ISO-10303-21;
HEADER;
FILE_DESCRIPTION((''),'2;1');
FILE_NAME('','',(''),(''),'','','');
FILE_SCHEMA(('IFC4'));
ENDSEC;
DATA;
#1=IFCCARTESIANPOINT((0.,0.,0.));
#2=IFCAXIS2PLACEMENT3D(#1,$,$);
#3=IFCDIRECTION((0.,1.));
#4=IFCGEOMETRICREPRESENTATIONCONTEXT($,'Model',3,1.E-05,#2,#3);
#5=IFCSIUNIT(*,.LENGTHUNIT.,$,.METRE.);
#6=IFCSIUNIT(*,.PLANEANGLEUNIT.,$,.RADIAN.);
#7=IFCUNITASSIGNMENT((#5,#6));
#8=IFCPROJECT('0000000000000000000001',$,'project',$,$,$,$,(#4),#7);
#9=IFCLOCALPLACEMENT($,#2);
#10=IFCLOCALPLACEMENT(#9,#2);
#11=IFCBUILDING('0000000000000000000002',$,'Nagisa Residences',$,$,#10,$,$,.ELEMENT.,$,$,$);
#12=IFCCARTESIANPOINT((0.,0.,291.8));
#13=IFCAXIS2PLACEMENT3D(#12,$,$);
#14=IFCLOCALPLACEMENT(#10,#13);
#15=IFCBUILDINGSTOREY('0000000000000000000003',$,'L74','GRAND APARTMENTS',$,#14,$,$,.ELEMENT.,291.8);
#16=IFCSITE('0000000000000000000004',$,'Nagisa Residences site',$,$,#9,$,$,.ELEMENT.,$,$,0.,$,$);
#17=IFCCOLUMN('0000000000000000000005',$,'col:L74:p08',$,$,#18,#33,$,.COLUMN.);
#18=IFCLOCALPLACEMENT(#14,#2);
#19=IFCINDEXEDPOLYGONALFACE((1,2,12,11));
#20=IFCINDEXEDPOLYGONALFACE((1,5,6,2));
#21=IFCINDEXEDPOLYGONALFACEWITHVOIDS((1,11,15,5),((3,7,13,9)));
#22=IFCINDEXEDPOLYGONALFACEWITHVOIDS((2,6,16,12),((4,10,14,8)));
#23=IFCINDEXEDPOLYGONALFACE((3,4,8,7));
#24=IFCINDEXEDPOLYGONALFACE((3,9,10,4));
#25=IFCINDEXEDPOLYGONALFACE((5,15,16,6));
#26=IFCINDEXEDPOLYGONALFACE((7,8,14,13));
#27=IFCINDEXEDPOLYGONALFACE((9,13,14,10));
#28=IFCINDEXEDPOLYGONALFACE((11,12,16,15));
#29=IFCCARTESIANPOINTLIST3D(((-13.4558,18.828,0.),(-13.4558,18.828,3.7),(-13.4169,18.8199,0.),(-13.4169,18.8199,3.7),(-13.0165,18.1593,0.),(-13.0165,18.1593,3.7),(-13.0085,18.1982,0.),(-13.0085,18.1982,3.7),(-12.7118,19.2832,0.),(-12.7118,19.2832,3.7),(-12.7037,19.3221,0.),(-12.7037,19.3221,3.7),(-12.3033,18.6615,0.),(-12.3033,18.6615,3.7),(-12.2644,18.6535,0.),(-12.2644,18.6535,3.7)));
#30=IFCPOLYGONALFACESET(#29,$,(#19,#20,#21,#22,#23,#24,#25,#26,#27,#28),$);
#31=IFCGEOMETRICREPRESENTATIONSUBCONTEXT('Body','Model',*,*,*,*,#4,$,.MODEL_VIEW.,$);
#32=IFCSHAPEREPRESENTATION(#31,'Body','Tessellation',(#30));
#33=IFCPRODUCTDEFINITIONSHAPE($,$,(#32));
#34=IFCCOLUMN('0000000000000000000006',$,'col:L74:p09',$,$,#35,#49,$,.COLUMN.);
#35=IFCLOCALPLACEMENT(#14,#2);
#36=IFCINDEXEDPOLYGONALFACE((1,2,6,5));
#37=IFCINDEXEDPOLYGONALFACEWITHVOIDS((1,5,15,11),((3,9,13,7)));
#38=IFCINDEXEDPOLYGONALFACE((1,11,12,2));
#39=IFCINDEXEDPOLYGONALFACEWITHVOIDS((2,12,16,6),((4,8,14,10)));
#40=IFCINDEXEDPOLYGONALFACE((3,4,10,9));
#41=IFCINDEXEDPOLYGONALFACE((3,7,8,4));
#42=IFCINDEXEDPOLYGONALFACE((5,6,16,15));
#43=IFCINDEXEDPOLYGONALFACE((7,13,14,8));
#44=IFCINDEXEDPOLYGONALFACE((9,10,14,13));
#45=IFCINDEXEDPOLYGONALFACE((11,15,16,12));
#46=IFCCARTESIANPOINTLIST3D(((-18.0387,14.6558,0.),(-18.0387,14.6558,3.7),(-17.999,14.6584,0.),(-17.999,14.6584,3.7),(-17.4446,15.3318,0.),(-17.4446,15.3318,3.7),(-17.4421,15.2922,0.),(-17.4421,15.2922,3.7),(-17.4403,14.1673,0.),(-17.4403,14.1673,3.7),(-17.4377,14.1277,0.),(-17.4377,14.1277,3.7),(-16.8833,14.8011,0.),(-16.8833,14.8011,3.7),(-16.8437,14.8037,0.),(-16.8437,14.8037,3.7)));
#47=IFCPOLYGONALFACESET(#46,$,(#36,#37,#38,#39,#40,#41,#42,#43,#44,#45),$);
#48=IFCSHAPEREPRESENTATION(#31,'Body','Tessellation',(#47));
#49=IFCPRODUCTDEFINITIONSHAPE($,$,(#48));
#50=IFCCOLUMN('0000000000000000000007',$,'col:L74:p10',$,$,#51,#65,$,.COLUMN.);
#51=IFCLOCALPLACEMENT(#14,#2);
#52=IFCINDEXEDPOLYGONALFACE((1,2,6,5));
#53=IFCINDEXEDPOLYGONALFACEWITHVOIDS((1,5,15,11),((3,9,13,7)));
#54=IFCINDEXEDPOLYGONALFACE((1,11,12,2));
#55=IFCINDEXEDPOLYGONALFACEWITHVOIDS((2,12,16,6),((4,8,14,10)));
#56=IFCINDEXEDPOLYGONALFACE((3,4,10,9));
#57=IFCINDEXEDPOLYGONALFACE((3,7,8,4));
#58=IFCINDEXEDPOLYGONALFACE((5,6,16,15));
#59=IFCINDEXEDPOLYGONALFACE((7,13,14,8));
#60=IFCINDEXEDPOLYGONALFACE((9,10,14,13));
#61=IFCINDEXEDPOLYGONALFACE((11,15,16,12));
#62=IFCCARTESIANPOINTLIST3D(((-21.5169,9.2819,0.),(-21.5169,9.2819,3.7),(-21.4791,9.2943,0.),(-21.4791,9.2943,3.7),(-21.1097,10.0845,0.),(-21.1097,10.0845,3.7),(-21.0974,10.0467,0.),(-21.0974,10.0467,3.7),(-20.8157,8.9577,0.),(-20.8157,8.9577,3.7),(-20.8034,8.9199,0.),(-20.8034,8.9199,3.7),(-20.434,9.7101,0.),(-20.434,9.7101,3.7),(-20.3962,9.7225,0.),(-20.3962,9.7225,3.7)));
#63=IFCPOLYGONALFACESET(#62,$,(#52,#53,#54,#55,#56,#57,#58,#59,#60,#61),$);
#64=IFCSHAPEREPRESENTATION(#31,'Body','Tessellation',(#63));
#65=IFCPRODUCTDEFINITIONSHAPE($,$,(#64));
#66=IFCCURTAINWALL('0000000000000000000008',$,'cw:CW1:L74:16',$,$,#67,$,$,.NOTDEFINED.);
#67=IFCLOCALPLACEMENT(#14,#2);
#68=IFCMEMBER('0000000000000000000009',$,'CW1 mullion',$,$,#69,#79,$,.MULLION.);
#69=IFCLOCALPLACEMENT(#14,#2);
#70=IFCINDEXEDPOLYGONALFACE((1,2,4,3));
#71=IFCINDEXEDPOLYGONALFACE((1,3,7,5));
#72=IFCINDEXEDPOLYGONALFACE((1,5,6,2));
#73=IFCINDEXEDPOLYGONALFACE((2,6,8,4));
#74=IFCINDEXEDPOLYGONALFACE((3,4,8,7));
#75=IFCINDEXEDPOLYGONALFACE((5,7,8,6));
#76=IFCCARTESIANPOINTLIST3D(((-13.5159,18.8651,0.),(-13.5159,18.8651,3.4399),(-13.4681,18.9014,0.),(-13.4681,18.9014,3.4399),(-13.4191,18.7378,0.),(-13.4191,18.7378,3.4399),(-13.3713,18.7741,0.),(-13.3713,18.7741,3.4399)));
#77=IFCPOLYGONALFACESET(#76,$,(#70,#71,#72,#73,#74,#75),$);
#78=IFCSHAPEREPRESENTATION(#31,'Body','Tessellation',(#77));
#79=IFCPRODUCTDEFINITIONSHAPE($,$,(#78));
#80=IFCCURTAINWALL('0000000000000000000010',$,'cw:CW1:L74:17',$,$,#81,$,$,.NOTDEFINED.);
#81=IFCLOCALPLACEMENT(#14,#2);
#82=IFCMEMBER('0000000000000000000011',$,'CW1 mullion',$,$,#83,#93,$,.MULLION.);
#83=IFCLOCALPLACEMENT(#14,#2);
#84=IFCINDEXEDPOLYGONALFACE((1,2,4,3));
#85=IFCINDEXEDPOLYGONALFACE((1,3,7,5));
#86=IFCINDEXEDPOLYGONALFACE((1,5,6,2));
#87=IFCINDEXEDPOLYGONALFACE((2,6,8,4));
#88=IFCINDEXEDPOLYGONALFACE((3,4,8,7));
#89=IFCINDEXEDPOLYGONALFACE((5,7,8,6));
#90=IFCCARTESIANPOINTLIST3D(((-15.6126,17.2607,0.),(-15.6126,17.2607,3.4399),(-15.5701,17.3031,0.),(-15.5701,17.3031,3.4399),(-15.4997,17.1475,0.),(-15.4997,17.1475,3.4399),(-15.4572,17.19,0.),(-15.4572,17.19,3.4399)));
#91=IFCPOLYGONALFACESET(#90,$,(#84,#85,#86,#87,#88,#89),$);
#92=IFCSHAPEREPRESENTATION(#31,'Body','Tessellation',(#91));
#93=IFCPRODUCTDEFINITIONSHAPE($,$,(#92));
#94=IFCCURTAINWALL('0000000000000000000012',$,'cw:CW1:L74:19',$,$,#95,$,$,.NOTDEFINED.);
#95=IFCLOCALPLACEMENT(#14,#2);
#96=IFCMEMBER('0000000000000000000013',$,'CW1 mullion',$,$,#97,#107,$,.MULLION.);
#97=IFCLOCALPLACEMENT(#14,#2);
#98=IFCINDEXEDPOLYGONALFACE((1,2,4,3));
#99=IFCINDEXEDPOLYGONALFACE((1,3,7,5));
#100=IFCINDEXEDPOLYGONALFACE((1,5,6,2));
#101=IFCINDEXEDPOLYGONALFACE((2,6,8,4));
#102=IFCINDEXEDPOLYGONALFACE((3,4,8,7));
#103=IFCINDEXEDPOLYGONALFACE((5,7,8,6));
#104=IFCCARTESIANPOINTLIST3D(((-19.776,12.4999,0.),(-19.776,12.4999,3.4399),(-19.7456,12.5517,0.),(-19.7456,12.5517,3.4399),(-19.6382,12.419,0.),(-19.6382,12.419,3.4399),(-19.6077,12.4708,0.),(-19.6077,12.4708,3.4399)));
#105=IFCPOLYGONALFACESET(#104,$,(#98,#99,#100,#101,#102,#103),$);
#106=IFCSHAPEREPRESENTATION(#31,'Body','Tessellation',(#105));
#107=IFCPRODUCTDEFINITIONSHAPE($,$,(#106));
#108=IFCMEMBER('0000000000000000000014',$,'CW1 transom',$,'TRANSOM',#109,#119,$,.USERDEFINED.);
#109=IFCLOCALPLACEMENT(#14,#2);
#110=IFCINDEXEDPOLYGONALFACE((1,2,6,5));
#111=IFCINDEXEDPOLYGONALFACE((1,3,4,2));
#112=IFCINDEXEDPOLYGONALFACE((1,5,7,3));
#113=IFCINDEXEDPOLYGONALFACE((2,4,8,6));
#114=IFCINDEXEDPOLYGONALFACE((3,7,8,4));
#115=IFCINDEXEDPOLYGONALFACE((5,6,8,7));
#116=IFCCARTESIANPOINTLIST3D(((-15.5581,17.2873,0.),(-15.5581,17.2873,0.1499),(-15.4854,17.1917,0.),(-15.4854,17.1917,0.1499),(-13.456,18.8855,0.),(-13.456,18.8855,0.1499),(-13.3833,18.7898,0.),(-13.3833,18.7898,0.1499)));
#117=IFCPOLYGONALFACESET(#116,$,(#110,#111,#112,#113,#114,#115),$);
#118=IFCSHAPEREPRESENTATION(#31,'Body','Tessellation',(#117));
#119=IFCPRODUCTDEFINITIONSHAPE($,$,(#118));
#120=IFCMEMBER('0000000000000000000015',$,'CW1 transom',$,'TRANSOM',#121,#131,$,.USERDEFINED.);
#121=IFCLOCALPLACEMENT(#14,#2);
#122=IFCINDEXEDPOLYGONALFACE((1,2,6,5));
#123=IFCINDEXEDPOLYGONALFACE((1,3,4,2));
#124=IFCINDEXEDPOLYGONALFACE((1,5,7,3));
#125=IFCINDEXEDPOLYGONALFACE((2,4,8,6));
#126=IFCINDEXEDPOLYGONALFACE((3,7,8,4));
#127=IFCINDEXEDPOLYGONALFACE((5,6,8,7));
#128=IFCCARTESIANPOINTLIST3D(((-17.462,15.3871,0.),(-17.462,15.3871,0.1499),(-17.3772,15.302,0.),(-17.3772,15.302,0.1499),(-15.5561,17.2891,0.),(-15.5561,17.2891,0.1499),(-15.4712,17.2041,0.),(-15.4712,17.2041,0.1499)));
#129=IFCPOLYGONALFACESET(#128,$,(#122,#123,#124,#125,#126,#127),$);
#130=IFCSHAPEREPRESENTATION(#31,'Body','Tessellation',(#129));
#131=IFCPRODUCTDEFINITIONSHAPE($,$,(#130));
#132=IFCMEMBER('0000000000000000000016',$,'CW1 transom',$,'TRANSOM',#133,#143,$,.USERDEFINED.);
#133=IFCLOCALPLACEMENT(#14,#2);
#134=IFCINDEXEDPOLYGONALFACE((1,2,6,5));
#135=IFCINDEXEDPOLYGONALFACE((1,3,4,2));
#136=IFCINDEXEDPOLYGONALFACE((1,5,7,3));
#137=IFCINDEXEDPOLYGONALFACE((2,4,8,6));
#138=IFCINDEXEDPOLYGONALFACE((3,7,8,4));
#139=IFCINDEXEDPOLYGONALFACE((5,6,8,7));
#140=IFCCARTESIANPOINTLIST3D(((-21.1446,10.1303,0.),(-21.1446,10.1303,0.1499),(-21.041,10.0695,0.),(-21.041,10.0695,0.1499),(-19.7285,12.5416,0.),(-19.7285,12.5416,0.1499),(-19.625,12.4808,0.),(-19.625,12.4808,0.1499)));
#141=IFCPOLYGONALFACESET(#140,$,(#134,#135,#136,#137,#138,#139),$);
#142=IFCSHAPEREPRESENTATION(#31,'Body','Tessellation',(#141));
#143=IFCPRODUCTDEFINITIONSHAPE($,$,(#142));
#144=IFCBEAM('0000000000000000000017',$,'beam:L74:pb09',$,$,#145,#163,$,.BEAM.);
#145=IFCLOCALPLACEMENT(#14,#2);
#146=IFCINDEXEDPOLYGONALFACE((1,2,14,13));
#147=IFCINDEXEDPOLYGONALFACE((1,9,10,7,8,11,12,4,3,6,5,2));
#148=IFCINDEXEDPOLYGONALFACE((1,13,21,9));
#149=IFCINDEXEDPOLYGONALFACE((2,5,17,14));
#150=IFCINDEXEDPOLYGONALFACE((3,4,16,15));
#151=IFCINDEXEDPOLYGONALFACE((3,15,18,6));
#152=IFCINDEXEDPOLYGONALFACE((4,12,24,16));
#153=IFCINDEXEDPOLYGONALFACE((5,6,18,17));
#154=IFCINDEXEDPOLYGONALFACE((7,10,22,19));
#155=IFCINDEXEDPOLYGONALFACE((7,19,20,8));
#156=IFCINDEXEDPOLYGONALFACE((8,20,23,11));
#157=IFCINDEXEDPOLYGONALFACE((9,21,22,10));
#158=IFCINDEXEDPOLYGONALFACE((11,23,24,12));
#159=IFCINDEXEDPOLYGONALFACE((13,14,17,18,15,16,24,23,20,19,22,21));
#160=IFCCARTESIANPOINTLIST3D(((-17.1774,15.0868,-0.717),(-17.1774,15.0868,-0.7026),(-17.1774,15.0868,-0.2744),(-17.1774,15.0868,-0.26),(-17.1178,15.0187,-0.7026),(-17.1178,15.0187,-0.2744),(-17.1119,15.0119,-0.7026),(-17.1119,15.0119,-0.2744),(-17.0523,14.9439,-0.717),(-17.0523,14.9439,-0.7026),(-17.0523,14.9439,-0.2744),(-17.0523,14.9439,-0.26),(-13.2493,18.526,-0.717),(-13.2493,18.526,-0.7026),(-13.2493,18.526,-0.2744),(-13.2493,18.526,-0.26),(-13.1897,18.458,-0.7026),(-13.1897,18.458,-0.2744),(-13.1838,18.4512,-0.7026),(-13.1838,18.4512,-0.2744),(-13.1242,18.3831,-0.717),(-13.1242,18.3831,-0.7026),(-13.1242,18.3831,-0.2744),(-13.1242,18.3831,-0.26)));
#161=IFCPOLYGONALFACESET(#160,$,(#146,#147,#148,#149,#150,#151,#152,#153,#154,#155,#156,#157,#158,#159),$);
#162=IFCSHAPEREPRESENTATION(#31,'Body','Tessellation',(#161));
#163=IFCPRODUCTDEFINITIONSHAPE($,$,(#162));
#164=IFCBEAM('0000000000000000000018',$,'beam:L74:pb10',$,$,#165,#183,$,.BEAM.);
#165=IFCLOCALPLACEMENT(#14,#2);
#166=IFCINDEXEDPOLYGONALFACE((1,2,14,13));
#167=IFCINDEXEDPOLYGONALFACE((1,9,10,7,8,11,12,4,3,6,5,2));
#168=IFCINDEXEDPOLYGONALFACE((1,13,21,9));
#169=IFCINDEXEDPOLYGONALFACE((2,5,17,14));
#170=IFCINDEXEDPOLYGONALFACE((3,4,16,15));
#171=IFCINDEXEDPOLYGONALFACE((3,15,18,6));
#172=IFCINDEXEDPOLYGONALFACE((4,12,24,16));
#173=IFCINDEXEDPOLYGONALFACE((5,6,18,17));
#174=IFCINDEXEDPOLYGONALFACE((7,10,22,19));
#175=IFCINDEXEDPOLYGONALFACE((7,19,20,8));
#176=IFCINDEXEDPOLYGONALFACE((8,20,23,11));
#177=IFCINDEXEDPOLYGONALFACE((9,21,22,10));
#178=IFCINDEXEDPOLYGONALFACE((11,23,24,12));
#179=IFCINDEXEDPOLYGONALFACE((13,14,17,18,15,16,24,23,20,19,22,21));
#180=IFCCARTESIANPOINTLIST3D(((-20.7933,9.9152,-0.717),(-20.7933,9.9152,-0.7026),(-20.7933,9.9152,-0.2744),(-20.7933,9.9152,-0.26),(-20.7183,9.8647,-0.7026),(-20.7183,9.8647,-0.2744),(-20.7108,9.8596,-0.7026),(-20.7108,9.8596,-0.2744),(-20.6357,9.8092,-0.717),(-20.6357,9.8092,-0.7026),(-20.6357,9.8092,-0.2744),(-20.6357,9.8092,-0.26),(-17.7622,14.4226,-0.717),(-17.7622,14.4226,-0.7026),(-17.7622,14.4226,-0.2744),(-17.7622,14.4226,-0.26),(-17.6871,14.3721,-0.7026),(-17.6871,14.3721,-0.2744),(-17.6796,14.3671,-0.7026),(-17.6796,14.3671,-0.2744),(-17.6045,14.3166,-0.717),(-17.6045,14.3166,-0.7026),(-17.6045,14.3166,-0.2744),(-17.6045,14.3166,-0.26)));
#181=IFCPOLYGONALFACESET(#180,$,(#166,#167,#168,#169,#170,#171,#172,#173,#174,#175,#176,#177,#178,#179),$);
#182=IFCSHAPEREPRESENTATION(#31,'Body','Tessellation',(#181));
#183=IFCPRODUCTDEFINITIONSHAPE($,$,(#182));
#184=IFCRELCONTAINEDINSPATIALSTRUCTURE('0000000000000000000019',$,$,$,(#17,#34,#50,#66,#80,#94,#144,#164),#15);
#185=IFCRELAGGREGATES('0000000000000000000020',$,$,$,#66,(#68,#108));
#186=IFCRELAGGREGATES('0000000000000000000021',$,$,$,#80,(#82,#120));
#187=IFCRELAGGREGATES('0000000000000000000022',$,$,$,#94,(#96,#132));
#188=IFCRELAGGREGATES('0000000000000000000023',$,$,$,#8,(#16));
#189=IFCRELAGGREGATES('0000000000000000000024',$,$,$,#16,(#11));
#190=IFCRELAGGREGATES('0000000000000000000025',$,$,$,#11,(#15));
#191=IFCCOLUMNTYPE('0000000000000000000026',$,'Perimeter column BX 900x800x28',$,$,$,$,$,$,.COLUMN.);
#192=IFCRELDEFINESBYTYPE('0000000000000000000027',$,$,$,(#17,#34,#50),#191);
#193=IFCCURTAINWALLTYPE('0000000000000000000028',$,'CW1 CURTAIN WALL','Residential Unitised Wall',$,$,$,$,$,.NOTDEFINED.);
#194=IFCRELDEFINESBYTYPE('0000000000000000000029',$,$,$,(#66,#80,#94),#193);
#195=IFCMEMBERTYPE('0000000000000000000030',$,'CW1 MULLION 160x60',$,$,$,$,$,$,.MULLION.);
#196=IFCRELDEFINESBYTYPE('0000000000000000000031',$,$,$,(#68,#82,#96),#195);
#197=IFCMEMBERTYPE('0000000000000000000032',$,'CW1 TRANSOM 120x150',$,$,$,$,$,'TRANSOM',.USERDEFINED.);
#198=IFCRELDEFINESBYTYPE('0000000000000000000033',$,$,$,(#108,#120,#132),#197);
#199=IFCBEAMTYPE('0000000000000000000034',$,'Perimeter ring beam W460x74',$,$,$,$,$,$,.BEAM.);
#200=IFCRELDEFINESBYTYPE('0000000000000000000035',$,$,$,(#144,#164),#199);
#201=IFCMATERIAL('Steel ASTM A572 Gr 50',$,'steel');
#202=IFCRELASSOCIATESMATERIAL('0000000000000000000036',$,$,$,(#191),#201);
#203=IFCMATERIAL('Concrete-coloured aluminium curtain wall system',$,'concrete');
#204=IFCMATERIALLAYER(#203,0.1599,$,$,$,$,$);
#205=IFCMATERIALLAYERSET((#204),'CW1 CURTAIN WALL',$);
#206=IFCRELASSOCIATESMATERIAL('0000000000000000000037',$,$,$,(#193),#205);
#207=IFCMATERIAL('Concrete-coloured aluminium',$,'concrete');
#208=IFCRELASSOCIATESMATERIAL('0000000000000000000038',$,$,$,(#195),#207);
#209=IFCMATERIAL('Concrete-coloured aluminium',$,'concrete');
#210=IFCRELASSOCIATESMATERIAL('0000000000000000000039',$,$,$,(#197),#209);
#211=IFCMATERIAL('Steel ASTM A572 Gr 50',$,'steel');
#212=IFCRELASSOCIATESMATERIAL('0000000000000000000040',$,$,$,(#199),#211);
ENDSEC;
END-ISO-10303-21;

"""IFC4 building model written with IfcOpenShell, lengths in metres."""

from ifc_helpers import new_model, si_unit, direction, frame, origin, origin_2d, place, context, subcontext, project, spatial, rectangle, hollow_rectangle, i_section, extrude, material, layer, layer_set, material_profile, profile_set, type_object, element, aggregate, save


model = new_model("IFC4")

# Units and contexts
model_context = context("Model", 3, precision=1e-05, world=origin(), true_north=direction((0.0, 1.0)))
body_context = subcontext(model_context, "Body", "Model", "MODEL_VIEW")
ifc_project = project(units=[si_unit("LENGTHUNIT", "METRE"), si_unit("PLANEANGLEUNIT", "RADIAN")], contexts=[model_context])

# Site, building, storey
site_placement = place(None, origin())
site = spatial("IfcSite", under=ifc_project, at=site_placement, Name="Nagisa Residences site", CompositionType="ELEMENT", RefElevation=0.0)
building_placement = place(site_placement, origin())
building = spatial("IfcBuilding", under=site, at=building_placement, Name="Nagisa Residences", CompositionType="ELEMENT")
storey_placement = place(building_placement, frame((0.0, 0.0, 291.8)))
storey = spatial("IfcBuildingStorey", under=building, at=storey_placement, Name="L74", Description="GRAND APARTMENTS", CompositionType="ELEMENT", Elevation=291.8)

# Columns
ifc_material_1 = material(Name="Steel ASTM A572 Gr 50", Category="steel")
ifc_material_profile_1 = material_profile(ifc_material_1, hollow_rectangle(XDim=0.8999, YDim=0.8, WallThickness=0.0281, at=origin_2d()), Name="BX 900x800x28")
ifc_profile_set_1 = profile_set([ifc_material_profile_1], Name="Steel ASTM A572 Gr 50")
column_type = type_object("IfcColumnType", Name="Perimeter column BX 900x800x28", PredefinedType="COLUMN", material=ifc_profile_set_1)
for number, where, z_axis, x_axis, name in (
    (1, (-12.8601, 18.7407, 0.0), (0.0, 0.0, 1.0), (-0.835766, -0.549086, 0.0), "col:L74:p08"),
    (2, (-17.4412, 14.7297, 0.0), (0.0, 0.0, 1.0), (-0.660115, -0.751165, 0.0), "col:L74:p09"),
    (3, (-20.9565, 9.5022, 0.0), (0.0, 0.0, 1.0), (-0.452463, -0.891783, 0.0), "col:L74:p10"),
):
    element("IfcColumn", number, at=place(storey_placement, frame(where, z_axis=z_axis, x_axis=x_axis)), inside=storey, type_object=column_type, Name=name, PredefinedType="COLUMN", context=body_context, shape_type="SweptSolid", body=[
        extrude(hollow_rectangle(XDim=0.8999, YDim=0.8, WallThickness=0.0281, at=origin_2d()), origin(), (0.0, 0.0, 1.0), 3.7),
    ])

# Curtain walls, members
ifc_material_2 = material(Name="Concrete-coloured aluminium curtain wall system", Category="concrete")
ifc_layer_1 = layer(ifc_material_2, 0.1599)
ifc_layer_set_1 = layer_set([ifc_layer_1], Name="CW1 CURTAIN WALL")
curtain_wall_type = type_object("IfcCurtainWallType", Name="CW1 CURTAIN WALL", Description="Residential Unitised Wall", PredefinedType="NOTDEFINED", material=ifc_layer_set_1)
curtain_wall_1_placement = place(storey_placement, origin())
curtain_wall_1 = element("IfcCurtainWall", 4, at=curtain_wall_1_placement, inside=storey, type_object=curtain_wall_type, Name="cw:CW1:L74:16", PredefinedType="NOTDEFINED")
ifc_material_3 = material(Name="Concrete-coloured aluminium", Category="concrete")
ifc_material_profile_2 = material_profile(ifc_material_3, rectangle(XDim=0.1599, YDim=0.0601, at=origin_2d()), Name="CW1 MULLION 160x60")
ifc_profile_set_2 = profile_set([ifc_material_profile_2], Name="Concrete-coloured aluminium")
member_type_1 = type_object("IfcMemberType", Name="CW1 MULLION 160x60", PredefinedType="MULLION", material=ifc_profile_set_2)
member_1_placement = place(storey_placement, frame((-13.4436, 18.8196, 0.0), z_axis=(0.0, 0.0, 1.0), x_axis=(0.605255, -0.796031, 0.0)))
member_1 = element("IfcMember", 5, at=member_1_placement, type_object=member_type_1, Name="CW1 mullion", PredefinedType="MULLION", context=body_context, shape_type="SweptSolid", body=[
    extrude(rectangle(XDim=0.1599, YDim=0.0601, at=origin_2d()), origin(), (0.0, 0.0, 1.0), 3.4399),
])
curtain_wall_2_placement = place(storey_placement, origin())
curtain_wall_2 = element("IfcCurtainWall", 6, at=curtain_wall_2_placement, inside=storey, type_object=curtain_wall_type, Name="cw:CW1:L74:17", PredefinedType="NOTDEFINED")
member_2_placement = place(storey_placement, frame((-15.5349, 17.2253, 0.0), z_axis=(0.0, 0.0, 1.0), x_axis=(0.706377, -0.707836, 0.0)))
member_2 = element("IfcMember", 7, at=member_2_placement, type_object=member_type_1, Name="CW1 mullion", PredefinedType="MULLION", context=body_context, shape_type="SweptSolid", body=[
    extrude(rectangle(XDim=0.1599, YDim=0.0601, at=origin_2d()), origin(), (0.0, 0.0, 1.0), 3.4399),
])
curtain_wall_3_placement = place(storey_placement, origin())
curtain_wall_3 = element("IfcCurtainWall", 8, at=curtain_wall_3_placement, inside=storey, type_object=curtain_wall_type, Name="cw:CW1:L74:19", PredefinedType="NOTDEFINED")
member_3_placement = place(storey_placement, frame((-19.6919, 12.4854, 0.0), z_axis=(0.0, 0.0, 1.0), x_axis=(0.862329, -0.506349, 0.0)))
member_3 = element("IfcMember", 9, at=member_3_placement, type_object=member_type_1, Name="CW1 mullion", PredefinedType="MULLION", context=body_context, shape_type="SweptSolid", body=[
    extrude(rectangle(XDim=0.1599, YDim=0.0601, at=origin_2d()), origin(), (0.0, 0.0, 1.0), 3.4399),
])

# Members
ifc_material_4 = material(Name="Concrete-coloured aluminium", Category="concrete")
ifc_material_profile_3 = material_profile(ifc_material_4, rectangle(XDim=0.1201, YDim=0.1499, at=origin_2d()), Name="CW1 TRANSOM 120x150")
ifc_profile_set_3 = profile_set([ifc_material_profile_3], Name="Concrete-coloured aluminium")
member_type_2 = type_object("IfcMemberType", Name="CW1 TRANSOM 120x150", ElementType="TRANSOM", PredefinedType="USERDEFINED", material=ifc_profile_set_3)
member_4_placement = place(storey_placement, frame((-13.4197, 18.8376, 0.075), z_axis=(-0.796055, -0.605224, 0.0), x_axis=(0.605224, -0.796055, 0.0)))
member_4 = element("IfcMember", 10, at=member_4_placement, type_object=member_type_2, Name="CW1 transom", ObjectType="TRANSOM", PredefinedType="USERDEFINED", context=body_context, shape_type="SweptSolid", body=[
    extrude(rectangle(XDim=0.1201, YDim=0.1499, at=origin_2d()), origin(), (0.0, 0.0, 1.0), 2.6406),
])
member_5_placement = place(storey_placement, frame((-15.5137, 17.2466, 0.075), z_axis=(-0.707832, -0.706381, 0.0), x_axis=(0.706381, -0.707832, 0.0)))
member_5 = element("IfcMember", 11, at=member_5_placement, type_object=member_type_2, Name="CW1 transom", ObjectType="TRANSOM", PredefinedType="USERDEFINED", context=body_context, shape_type="SweptSolid", body=[
    extrude(rectangle(XDim=0.1201, YDim=0.1499, at=origin_2d()), origin(), (0.0, 0.0, 1.0), 2.6926),
])
member_6_placement = place(storey_placement, frame((-19.6768, 12.5112, 0.075), z_axis=(-0.506371, -0.862316, 0.0), x_axis=(0.862316, -0.506371, 0.0)))
member_6 = element("IfcMember", 12, at=member_6_placement, type_object=member_type_2, Name="CW1 transom", ObjectType="TRANSOM", PredefinedType="USERDEFINED", context=body_context, shape_type="SweptSolid", body=[
    extrude(rectangle(XDim=0.1201, YDim=0.1499, at=origin_2d()), origin(), (0.0, 0.0, 1.0), 2.7964),
])

# Beams
ifc_material_5 = material(Name="Steel ASTM A572 Gr 50", Category="steel")
ifc_material_profile_4 = material_profile(ifc_material_5, i_section(OverallWidth=0.1899, OverallDepth=0.457, WebThickness=0.009, FlangeThickness=0.0144, at=origin_2d()), Name="W460x74")
ifc_profile_set_4 = profile_set([ifc_material_profile_4], Name="Steel ASTM A572 Gr 50")
beam_type_1 = type_object("IfcBeamType", Name="Perimeter ring beam W460x74", PredefinedType="BEAM", material=ifc_profile_set_4)
beam_1_placement = place(storey_placement, frame((-13.1868, 18.4546, -0.4885), z_axis=(-0.752365, -0.658746, 0.0), x_axis=(0.658746, -0.752365, 0.0)))
element("IfcBeam", 13, at=beam_1_placement, inside=storey, type_object=beam_type_1, Name="beam:L74:pb09", PredefinedType="BEAM", context=body_context, shape_type="SweptSolid", body=[
    extrude(i_section(OverallWidth=0.1899, OverallDepth=0.457, WebThickness=0.009, FlangeThickness=0.0144, at=origin_2d()), origin(), (0.0, 0.0, 1.0), 5.2209),
])
beam_2_placement = place(storey_placement, frame((-17.6833, 14.3696, -0.4885), z_axis=(-0.558035, -0.829817, 0.0), x_axis=(0.829817, -0.558035, 0.0)))
element("IfcBeam", 14, at=beam_2_placement, inside=storey, type_object=beam_type_1, Name="beam:L74:pb10", PredefinedType="BEAM", context=body_context, shape_type="SweptSolid", body=[
    extrude(i_section(OverallWidth=0.1899, OverallDepth=0.457, WebThickness=0.009, FlangeThickness=0.0144, at=origin_2d()), origin(), (0.0, 0.0, 1.0), 5.4319),
])

aggregate(curtain_wall_1, [member_1, member_4])
aggregate(curtain_wall_2, [member_2, member_5])
aggregate(curtain_wall_3, [member_3, member_6])

save(model, "model.ifc")
